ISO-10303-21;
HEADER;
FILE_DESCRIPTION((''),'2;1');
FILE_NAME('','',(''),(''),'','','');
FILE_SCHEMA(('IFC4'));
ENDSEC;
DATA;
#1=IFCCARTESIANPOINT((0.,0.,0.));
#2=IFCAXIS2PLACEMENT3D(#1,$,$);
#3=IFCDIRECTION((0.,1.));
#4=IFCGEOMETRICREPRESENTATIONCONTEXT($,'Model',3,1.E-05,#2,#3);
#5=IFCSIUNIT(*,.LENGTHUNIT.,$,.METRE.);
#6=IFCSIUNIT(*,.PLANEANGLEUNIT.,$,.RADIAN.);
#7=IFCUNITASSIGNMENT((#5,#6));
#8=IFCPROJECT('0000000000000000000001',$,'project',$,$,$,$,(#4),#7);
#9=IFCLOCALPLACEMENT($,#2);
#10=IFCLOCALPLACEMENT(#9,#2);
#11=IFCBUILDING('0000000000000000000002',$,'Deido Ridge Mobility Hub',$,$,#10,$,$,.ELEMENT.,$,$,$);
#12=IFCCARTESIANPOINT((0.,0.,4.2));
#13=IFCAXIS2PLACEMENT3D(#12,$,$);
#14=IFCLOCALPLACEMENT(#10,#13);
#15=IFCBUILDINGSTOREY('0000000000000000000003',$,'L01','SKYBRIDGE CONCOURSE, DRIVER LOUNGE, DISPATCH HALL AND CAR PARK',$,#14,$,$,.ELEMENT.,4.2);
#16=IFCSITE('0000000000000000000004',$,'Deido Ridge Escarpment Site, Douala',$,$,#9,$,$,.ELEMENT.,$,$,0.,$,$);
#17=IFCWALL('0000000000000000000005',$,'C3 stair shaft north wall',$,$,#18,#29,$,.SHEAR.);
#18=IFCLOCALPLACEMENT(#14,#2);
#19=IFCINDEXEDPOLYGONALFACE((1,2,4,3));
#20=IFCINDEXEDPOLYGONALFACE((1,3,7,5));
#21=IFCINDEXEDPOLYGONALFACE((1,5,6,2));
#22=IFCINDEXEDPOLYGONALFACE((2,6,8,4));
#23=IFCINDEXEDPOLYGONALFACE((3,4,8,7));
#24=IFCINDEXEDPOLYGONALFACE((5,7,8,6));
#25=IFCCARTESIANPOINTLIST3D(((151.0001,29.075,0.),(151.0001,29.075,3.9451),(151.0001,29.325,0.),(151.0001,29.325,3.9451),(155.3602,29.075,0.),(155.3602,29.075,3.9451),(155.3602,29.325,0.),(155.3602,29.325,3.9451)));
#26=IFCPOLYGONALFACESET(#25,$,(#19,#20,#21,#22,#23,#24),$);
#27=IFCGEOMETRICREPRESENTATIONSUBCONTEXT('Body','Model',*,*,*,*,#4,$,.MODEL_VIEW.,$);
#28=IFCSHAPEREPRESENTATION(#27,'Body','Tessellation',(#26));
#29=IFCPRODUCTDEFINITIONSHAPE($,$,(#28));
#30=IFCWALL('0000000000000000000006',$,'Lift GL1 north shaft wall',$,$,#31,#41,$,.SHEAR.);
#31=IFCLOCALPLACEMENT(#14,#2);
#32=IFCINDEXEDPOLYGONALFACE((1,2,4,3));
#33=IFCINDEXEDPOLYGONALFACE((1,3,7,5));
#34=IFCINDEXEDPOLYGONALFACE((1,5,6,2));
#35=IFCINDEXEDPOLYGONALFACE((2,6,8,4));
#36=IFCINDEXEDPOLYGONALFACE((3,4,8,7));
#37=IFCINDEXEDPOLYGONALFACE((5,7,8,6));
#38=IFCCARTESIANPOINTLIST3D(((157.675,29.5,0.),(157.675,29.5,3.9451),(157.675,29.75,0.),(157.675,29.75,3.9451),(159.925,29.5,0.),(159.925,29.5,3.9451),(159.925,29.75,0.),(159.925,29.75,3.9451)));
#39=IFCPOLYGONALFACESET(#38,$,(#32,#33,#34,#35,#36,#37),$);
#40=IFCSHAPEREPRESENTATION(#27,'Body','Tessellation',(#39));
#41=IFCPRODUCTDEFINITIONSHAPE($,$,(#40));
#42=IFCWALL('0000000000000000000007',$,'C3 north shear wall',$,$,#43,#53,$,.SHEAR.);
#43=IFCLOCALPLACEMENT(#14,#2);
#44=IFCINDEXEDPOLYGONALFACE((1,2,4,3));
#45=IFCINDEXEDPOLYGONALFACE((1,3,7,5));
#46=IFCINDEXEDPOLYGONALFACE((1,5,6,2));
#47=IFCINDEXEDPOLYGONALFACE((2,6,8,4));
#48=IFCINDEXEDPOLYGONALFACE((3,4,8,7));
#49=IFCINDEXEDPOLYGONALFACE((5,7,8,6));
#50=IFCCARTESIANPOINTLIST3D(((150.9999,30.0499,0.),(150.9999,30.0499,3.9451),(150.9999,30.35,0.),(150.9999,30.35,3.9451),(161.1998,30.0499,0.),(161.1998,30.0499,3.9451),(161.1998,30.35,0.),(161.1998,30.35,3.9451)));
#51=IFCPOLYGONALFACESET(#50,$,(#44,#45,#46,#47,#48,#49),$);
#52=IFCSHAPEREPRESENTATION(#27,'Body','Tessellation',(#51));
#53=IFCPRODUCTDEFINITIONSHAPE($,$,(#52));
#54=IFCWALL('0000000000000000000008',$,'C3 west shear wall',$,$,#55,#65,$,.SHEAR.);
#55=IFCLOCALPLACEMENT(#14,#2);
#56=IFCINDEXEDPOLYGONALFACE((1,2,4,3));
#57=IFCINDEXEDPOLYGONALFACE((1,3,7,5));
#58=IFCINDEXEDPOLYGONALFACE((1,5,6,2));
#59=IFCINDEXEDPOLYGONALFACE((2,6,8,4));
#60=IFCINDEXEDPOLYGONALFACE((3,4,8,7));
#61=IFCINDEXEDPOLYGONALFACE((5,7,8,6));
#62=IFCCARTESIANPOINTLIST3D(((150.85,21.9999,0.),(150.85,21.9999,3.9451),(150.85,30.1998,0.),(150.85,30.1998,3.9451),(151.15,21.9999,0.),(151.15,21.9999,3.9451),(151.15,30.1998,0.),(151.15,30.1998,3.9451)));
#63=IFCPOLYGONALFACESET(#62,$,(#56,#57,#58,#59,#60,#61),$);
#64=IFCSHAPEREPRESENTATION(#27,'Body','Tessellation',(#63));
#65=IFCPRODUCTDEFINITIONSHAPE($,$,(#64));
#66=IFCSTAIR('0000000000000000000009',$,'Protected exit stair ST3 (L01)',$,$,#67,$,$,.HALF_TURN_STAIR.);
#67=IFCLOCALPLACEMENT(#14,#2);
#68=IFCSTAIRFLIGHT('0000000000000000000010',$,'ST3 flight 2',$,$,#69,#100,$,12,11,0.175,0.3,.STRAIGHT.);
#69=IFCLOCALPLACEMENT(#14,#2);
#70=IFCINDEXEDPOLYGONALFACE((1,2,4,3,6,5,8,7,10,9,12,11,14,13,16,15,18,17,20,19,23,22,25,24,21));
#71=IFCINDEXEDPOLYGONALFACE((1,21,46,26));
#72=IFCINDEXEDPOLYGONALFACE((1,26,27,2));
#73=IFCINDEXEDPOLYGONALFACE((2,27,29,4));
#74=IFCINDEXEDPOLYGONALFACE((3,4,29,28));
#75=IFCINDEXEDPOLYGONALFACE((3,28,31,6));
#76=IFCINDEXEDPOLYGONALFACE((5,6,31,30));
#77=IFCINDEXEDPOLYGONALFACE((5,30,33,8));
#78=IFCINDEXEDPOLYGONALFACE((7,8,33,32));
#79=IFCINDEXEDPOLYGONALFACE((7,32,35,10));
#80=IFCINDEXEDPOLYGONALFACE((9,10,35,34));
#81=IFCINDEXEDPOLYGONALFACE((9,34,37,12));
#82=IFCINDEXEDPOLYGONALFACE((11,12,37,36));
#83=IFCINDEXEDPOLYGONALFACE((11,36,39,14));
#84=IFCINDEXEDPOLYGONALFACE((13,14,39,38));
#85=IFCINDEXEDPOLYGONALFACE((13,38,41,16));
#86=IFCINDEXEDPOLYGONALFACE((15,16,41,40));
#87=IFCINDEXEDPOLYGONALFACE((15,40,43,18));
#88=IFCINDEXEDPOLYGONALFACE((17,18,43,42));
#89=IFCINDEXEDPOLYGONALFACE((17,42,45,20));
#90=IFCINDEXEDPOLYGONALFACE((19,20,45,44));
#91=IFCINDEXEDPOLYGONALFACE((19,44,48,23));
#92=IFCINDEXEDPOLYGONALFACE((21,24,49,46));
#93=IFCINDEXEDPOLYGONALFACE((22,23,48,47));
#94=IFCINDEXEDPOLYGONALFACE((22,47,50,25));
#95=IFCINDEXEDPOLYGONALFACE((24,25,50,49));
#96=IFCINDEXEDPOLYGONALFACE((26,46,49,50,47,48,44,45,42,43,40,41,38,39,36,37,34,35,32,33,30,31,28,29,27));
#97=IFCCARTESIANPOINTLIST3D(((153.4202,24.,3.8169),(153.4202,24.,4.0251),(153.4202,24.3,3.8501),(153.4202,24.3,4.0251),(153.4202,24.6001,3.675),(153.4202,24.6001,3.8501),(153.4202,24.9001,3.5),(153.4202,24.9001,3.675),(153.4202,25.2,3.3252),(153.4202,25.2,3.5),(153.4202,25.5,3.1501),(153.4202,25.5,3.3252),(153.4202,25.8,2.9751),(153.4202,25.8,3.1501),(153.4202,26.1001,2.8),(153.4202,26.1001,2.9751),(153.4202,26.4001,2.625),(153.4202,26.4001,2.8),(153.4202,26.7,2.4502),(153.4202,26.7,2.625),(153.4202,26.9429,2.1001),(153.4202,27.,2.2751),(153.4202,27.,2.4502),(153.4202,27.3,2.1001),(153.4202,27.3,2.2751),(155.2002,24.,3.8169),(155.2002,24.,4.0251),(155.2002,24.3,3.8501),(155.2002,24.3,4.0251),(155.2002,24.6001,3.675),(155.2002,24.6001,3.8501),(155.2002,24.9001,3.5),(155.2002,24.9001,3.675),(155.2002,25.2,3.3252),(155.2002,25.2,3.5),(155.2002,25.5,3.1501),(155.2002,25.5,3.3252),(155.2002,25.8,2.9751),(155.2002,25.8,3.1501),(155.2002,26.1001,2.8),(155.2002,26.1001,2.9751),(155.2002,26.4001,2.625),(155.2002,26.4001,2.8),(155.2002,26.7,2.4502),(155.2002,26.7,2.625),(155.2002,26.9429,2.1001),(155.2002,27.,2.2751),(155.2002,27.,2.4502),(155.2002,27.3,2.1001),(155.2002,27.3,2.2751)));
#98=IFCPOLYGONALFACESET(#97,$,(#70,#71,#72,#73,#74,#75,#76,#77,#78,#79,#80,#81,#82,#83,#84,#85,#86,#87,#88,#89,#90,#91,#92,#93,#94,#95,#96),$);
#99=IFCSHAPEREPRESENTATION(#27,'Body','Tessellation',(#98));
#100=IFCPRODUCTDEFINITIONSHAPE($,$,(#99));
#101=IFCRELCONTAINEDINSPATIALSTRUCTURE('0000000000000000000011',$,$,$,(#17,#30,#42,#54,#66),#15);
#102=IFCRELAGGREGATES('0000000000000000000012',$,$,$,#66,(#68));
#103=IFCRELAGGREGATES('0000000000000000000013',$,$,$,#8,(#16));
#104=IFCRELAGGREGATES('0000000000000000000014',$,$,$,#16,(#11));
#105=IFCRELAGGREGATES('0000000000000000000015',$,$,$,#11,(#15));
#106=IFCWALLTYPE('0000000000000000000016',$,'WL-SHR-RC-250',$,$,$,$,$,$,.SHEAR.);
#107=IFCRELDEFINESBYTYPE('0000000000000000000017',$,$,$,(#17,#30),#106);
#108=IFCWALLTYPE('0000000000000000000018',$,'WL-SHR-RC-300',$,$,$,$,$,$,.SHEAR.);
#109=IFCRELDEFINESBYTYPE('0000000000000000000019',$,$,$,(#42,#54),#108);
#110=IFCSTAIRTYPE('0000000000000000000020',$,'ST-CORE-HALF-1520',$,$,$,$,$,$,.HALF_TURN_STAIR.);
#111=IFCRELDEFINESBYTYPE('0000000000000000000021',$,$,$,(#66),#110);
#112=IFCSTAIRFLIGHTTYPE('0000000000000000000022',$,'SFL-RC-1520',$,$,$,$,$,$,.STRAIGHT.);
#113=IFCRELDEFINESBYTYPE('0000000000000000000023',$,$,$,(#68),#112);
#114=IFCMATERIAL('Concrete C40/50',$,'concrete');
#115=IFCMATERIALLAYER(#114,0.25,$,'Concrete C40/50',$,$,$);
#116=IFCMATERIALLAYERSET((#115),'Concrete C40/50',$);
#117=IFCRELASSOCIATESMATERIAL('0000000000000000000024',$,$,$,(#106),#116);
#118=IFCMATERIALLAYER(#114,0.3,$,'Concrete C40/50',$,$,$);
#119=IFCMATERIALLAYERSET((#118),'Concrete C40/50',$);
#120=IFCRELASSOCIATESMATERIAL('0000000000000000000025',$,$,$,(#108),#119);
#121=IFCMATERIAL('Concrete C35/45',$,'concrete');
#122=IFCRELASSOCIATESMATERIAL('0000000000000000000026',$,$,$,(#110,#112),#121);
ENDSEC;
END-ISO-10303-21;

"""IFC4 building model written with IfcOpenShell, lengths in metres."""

from ifc_helpers import new_model, si_unit, direction, frame, frame_2d, origin, place, context, subcontext, project, spatial, polyline, rectangle, outline, extrude, material, layer, layer_set, type_object, element, aggregate, save


model = new_model("IFC4")

# Units and contexts
model_context = context("Model", 3, precision=1e-05, world=origin(), true_north=direction((0.0, 1.0)))
body_context = subcontext(model_context, "Body", "Model", "MODEL_VIEW")
ifc_project = project(units=[si_unit("LENGTHUNIT", "METRE"), si_unit("PLANEANGLEUNIT", "RADIAN")], contexts=[model_context])

# Site, building, storey
site_placement = place(None, origin())
site = spatial("IfcSite", under=ifc_project, at=site_placement, Name="Deido Ridge Escarpment Site, Douala", CompositionType="ELEMENT", RefElevation=0.0)
building_placement = place(site_placement, origin())
building = spatial("IfcBuilding", under=site, at=building_placement, Name="Deido Ridge Mobility Hub", CompositionType="ELEMENT")
storey_placement = place(building_placement, frame((0.0, 0.0, 4.2)))
storey = spatial("IfcBuildingStorey", under=building, at=storey_placement, Name="L01", Description="SKYBRIDGE CONCOURSE, DRIVER LOUNGE, DISPATCH HALL AND CAR PARK", CompositionType="ELEMENT", Elevation=4.2)

# Walls
ifc_material_1 = material(Name="Concrete C40/50", Category="concrete")
ifc_layer_1 = layer(ifc_material_1, 0.25, Name="Concrete C40/50")
ifc_layer_set_1 = layer_set([ifc_layer_1], Name="Concrete C40/50")
wall_type_1 = type_object("IfcWallType", Name="WL-SHR-RC-250", PredefinedType="SHEAR", material=ifc_layer_set_1)
wall_1_placement = place(storey_placement, frame((151.0, 29.2, 0.0), z_axis=(0.0, 0.0, 1.0), x_axis=(1.0, 0.0, 0.0)))
element("IfcWall", 1, at=wall_1_placement, inside=storey, type_object=wall_type_1, Name="C3 stair shaft north wall", PredefinedType="SHEAR", context=body_context, shape_type="SweptSolid", body=[
    extrude(rectangle(XDim=4.3601, YDim=0.25, at=frame_2d((2.1802, 0.0))), origin(), (0.0, 0.0, 1.0), 3.9451),
])
wall_2_placement = place(storey_placement, frame((157.675, 29.625, 0.0), z_axis=(0.0, 0.0, 1.0), x_axis=(1.0, 0.0, 0.0)))
element("IfcWall", 2, at=wall_2_placement, inside=storey, type_object=wall_type_1, Name="Lift GL1 north shaft wall", PredefinedType="SHEAR", context=body_context, shape_type="SweptSolid", body=[
    extrude(rectangle(XDim=2.25, YDim=0.25, at=frame_2d((1.125, 0.0))), origin(), (0.0, 0.0, 1.0), 3.9451),
])
ifc_layer_2 = layer(ifc_material_1, 0.3, Name="Concrete C40/50")
ifc_layer_set_2 = layer_set([ifc_layer_2], Name="Concrete C40/50")
wall_type_2 = type_object("IfcWallType", Name="WL-SHR-RC-300", PredefinedType="SHEAR", material=ifc_layer_set_2)
wall_3_placement = place(storey_placement, frame((161.2, 30.2, 0.0), z_axis=(0.0, 0.0, 1.0), x_axis=(-1.0, 0.0, 0.0)))
element("IfcWall", 3, at=wall_3_placement, inside=storey, type_object=wall_type_2, Name="C3 north shear wall", PredefinedType="SHEAR", context=body_context, shape_type="SweptSolid", body=[
    extrude(rectangle(XDim=10.2, YDim=0.3, at=frame_2d((5.1001, 0.0))), origin(), (0.0, 0.0, 1.0), 3.9451),
])
wall_4_placement = place(storey_placement, frame((151.0, 30.2, 0.0), z_axis=(0.0, 0.0, 1.0), x_axis=(0.0, -1.0, 0.0)))
element("IfcWall", 4, at=wall_4_placement, inside=storey, type_object=wall_type_2, Name="C3 west shear wall", PredefinedType="SHEAR", context=body_context, shape_type="SweptSolid", body=[
    extrude(rectangle(XDim=8.2, YDim=0.3, at=frame_2d((4.1001, 0.0))), origin(), (0.0, 0.0, 1.0), 3.9451),
])

# Stair, stair flight
ifc_material_2 = material(Name="Concrete C35/45", Category="concrete")
stair_type = type_object("IfcStairType", Name="ST-CORE-HALF-1520", PredefinedType="HALF_TURN_STAIR", material=ifc_material_2)
stair_placement = place(storey_placement, origin())
stair = element("IfcStair", 5, at=stair_placement, inside=storey, type_object=stair_type, Name="Protected exit stair ST3 (L01)", PredefinedType="HALF_TURN_STAIR")
stair_flight_type = type_object("IfcStairFlightType", Name="SFL-RC-1520", PredefinedType="STRAIGHT", material=ifc_material_2)
stair_flight_placement = place(storey_placement, frame((154.3101, 27.3, 2.1001), z_axis=(0.0, 0.0, 1.0), x_axis=(0.0, -1.0, 0.0)))
stair_flight = element("IfcStairFlight", 6, at=stair_flight_placement, type_object=stair_flight_type, Name="ST3 flight 2", NumberOfRisers=12, NumberOfTreads=11, PredefinedType="STRAIGHT", RiserHeight=0.175, TreadLength=0.3, context=body_context, shape_type="SweptSolid", body=[
    extrude(outline(polyline([(0.0, 0.0), (0.0, 0.175), (0.3, 0.175), (0.3, 0.3501), (0.6001, 0.3501), (0.6001, 0.5249), (0.8999, 0.5249), (0.8999, 0.7), (1.2, 0.7), (1.2, 0.875), (1.5, 0.875), (1.5, 1.05), (1.8, 1.05), (1.8, 1.2251), (2.1001, 1.2251), (2.1001, 1.3999), (2.3999, 1.3999), (2.3999, 1.575), (2.7, 1.575), (2.7, 1.75), (3.0, 1.75), (3.0, 1.925), (3.3, 1.925), (3.3, 2.1001), (3.3, 1.7168), (0.3572, 0.0), (0.0, 0.0)])), frame((0.0, 0.8901, 0.0), z_axis=(0.0, -1.0, 0.0), x_axis=(1.0, 0.0, 0.0)), (0.0, 0.0, 1.0), 1.78),
])
aggregate(stair, [stair_flight])

save(model, "model.ifc")
